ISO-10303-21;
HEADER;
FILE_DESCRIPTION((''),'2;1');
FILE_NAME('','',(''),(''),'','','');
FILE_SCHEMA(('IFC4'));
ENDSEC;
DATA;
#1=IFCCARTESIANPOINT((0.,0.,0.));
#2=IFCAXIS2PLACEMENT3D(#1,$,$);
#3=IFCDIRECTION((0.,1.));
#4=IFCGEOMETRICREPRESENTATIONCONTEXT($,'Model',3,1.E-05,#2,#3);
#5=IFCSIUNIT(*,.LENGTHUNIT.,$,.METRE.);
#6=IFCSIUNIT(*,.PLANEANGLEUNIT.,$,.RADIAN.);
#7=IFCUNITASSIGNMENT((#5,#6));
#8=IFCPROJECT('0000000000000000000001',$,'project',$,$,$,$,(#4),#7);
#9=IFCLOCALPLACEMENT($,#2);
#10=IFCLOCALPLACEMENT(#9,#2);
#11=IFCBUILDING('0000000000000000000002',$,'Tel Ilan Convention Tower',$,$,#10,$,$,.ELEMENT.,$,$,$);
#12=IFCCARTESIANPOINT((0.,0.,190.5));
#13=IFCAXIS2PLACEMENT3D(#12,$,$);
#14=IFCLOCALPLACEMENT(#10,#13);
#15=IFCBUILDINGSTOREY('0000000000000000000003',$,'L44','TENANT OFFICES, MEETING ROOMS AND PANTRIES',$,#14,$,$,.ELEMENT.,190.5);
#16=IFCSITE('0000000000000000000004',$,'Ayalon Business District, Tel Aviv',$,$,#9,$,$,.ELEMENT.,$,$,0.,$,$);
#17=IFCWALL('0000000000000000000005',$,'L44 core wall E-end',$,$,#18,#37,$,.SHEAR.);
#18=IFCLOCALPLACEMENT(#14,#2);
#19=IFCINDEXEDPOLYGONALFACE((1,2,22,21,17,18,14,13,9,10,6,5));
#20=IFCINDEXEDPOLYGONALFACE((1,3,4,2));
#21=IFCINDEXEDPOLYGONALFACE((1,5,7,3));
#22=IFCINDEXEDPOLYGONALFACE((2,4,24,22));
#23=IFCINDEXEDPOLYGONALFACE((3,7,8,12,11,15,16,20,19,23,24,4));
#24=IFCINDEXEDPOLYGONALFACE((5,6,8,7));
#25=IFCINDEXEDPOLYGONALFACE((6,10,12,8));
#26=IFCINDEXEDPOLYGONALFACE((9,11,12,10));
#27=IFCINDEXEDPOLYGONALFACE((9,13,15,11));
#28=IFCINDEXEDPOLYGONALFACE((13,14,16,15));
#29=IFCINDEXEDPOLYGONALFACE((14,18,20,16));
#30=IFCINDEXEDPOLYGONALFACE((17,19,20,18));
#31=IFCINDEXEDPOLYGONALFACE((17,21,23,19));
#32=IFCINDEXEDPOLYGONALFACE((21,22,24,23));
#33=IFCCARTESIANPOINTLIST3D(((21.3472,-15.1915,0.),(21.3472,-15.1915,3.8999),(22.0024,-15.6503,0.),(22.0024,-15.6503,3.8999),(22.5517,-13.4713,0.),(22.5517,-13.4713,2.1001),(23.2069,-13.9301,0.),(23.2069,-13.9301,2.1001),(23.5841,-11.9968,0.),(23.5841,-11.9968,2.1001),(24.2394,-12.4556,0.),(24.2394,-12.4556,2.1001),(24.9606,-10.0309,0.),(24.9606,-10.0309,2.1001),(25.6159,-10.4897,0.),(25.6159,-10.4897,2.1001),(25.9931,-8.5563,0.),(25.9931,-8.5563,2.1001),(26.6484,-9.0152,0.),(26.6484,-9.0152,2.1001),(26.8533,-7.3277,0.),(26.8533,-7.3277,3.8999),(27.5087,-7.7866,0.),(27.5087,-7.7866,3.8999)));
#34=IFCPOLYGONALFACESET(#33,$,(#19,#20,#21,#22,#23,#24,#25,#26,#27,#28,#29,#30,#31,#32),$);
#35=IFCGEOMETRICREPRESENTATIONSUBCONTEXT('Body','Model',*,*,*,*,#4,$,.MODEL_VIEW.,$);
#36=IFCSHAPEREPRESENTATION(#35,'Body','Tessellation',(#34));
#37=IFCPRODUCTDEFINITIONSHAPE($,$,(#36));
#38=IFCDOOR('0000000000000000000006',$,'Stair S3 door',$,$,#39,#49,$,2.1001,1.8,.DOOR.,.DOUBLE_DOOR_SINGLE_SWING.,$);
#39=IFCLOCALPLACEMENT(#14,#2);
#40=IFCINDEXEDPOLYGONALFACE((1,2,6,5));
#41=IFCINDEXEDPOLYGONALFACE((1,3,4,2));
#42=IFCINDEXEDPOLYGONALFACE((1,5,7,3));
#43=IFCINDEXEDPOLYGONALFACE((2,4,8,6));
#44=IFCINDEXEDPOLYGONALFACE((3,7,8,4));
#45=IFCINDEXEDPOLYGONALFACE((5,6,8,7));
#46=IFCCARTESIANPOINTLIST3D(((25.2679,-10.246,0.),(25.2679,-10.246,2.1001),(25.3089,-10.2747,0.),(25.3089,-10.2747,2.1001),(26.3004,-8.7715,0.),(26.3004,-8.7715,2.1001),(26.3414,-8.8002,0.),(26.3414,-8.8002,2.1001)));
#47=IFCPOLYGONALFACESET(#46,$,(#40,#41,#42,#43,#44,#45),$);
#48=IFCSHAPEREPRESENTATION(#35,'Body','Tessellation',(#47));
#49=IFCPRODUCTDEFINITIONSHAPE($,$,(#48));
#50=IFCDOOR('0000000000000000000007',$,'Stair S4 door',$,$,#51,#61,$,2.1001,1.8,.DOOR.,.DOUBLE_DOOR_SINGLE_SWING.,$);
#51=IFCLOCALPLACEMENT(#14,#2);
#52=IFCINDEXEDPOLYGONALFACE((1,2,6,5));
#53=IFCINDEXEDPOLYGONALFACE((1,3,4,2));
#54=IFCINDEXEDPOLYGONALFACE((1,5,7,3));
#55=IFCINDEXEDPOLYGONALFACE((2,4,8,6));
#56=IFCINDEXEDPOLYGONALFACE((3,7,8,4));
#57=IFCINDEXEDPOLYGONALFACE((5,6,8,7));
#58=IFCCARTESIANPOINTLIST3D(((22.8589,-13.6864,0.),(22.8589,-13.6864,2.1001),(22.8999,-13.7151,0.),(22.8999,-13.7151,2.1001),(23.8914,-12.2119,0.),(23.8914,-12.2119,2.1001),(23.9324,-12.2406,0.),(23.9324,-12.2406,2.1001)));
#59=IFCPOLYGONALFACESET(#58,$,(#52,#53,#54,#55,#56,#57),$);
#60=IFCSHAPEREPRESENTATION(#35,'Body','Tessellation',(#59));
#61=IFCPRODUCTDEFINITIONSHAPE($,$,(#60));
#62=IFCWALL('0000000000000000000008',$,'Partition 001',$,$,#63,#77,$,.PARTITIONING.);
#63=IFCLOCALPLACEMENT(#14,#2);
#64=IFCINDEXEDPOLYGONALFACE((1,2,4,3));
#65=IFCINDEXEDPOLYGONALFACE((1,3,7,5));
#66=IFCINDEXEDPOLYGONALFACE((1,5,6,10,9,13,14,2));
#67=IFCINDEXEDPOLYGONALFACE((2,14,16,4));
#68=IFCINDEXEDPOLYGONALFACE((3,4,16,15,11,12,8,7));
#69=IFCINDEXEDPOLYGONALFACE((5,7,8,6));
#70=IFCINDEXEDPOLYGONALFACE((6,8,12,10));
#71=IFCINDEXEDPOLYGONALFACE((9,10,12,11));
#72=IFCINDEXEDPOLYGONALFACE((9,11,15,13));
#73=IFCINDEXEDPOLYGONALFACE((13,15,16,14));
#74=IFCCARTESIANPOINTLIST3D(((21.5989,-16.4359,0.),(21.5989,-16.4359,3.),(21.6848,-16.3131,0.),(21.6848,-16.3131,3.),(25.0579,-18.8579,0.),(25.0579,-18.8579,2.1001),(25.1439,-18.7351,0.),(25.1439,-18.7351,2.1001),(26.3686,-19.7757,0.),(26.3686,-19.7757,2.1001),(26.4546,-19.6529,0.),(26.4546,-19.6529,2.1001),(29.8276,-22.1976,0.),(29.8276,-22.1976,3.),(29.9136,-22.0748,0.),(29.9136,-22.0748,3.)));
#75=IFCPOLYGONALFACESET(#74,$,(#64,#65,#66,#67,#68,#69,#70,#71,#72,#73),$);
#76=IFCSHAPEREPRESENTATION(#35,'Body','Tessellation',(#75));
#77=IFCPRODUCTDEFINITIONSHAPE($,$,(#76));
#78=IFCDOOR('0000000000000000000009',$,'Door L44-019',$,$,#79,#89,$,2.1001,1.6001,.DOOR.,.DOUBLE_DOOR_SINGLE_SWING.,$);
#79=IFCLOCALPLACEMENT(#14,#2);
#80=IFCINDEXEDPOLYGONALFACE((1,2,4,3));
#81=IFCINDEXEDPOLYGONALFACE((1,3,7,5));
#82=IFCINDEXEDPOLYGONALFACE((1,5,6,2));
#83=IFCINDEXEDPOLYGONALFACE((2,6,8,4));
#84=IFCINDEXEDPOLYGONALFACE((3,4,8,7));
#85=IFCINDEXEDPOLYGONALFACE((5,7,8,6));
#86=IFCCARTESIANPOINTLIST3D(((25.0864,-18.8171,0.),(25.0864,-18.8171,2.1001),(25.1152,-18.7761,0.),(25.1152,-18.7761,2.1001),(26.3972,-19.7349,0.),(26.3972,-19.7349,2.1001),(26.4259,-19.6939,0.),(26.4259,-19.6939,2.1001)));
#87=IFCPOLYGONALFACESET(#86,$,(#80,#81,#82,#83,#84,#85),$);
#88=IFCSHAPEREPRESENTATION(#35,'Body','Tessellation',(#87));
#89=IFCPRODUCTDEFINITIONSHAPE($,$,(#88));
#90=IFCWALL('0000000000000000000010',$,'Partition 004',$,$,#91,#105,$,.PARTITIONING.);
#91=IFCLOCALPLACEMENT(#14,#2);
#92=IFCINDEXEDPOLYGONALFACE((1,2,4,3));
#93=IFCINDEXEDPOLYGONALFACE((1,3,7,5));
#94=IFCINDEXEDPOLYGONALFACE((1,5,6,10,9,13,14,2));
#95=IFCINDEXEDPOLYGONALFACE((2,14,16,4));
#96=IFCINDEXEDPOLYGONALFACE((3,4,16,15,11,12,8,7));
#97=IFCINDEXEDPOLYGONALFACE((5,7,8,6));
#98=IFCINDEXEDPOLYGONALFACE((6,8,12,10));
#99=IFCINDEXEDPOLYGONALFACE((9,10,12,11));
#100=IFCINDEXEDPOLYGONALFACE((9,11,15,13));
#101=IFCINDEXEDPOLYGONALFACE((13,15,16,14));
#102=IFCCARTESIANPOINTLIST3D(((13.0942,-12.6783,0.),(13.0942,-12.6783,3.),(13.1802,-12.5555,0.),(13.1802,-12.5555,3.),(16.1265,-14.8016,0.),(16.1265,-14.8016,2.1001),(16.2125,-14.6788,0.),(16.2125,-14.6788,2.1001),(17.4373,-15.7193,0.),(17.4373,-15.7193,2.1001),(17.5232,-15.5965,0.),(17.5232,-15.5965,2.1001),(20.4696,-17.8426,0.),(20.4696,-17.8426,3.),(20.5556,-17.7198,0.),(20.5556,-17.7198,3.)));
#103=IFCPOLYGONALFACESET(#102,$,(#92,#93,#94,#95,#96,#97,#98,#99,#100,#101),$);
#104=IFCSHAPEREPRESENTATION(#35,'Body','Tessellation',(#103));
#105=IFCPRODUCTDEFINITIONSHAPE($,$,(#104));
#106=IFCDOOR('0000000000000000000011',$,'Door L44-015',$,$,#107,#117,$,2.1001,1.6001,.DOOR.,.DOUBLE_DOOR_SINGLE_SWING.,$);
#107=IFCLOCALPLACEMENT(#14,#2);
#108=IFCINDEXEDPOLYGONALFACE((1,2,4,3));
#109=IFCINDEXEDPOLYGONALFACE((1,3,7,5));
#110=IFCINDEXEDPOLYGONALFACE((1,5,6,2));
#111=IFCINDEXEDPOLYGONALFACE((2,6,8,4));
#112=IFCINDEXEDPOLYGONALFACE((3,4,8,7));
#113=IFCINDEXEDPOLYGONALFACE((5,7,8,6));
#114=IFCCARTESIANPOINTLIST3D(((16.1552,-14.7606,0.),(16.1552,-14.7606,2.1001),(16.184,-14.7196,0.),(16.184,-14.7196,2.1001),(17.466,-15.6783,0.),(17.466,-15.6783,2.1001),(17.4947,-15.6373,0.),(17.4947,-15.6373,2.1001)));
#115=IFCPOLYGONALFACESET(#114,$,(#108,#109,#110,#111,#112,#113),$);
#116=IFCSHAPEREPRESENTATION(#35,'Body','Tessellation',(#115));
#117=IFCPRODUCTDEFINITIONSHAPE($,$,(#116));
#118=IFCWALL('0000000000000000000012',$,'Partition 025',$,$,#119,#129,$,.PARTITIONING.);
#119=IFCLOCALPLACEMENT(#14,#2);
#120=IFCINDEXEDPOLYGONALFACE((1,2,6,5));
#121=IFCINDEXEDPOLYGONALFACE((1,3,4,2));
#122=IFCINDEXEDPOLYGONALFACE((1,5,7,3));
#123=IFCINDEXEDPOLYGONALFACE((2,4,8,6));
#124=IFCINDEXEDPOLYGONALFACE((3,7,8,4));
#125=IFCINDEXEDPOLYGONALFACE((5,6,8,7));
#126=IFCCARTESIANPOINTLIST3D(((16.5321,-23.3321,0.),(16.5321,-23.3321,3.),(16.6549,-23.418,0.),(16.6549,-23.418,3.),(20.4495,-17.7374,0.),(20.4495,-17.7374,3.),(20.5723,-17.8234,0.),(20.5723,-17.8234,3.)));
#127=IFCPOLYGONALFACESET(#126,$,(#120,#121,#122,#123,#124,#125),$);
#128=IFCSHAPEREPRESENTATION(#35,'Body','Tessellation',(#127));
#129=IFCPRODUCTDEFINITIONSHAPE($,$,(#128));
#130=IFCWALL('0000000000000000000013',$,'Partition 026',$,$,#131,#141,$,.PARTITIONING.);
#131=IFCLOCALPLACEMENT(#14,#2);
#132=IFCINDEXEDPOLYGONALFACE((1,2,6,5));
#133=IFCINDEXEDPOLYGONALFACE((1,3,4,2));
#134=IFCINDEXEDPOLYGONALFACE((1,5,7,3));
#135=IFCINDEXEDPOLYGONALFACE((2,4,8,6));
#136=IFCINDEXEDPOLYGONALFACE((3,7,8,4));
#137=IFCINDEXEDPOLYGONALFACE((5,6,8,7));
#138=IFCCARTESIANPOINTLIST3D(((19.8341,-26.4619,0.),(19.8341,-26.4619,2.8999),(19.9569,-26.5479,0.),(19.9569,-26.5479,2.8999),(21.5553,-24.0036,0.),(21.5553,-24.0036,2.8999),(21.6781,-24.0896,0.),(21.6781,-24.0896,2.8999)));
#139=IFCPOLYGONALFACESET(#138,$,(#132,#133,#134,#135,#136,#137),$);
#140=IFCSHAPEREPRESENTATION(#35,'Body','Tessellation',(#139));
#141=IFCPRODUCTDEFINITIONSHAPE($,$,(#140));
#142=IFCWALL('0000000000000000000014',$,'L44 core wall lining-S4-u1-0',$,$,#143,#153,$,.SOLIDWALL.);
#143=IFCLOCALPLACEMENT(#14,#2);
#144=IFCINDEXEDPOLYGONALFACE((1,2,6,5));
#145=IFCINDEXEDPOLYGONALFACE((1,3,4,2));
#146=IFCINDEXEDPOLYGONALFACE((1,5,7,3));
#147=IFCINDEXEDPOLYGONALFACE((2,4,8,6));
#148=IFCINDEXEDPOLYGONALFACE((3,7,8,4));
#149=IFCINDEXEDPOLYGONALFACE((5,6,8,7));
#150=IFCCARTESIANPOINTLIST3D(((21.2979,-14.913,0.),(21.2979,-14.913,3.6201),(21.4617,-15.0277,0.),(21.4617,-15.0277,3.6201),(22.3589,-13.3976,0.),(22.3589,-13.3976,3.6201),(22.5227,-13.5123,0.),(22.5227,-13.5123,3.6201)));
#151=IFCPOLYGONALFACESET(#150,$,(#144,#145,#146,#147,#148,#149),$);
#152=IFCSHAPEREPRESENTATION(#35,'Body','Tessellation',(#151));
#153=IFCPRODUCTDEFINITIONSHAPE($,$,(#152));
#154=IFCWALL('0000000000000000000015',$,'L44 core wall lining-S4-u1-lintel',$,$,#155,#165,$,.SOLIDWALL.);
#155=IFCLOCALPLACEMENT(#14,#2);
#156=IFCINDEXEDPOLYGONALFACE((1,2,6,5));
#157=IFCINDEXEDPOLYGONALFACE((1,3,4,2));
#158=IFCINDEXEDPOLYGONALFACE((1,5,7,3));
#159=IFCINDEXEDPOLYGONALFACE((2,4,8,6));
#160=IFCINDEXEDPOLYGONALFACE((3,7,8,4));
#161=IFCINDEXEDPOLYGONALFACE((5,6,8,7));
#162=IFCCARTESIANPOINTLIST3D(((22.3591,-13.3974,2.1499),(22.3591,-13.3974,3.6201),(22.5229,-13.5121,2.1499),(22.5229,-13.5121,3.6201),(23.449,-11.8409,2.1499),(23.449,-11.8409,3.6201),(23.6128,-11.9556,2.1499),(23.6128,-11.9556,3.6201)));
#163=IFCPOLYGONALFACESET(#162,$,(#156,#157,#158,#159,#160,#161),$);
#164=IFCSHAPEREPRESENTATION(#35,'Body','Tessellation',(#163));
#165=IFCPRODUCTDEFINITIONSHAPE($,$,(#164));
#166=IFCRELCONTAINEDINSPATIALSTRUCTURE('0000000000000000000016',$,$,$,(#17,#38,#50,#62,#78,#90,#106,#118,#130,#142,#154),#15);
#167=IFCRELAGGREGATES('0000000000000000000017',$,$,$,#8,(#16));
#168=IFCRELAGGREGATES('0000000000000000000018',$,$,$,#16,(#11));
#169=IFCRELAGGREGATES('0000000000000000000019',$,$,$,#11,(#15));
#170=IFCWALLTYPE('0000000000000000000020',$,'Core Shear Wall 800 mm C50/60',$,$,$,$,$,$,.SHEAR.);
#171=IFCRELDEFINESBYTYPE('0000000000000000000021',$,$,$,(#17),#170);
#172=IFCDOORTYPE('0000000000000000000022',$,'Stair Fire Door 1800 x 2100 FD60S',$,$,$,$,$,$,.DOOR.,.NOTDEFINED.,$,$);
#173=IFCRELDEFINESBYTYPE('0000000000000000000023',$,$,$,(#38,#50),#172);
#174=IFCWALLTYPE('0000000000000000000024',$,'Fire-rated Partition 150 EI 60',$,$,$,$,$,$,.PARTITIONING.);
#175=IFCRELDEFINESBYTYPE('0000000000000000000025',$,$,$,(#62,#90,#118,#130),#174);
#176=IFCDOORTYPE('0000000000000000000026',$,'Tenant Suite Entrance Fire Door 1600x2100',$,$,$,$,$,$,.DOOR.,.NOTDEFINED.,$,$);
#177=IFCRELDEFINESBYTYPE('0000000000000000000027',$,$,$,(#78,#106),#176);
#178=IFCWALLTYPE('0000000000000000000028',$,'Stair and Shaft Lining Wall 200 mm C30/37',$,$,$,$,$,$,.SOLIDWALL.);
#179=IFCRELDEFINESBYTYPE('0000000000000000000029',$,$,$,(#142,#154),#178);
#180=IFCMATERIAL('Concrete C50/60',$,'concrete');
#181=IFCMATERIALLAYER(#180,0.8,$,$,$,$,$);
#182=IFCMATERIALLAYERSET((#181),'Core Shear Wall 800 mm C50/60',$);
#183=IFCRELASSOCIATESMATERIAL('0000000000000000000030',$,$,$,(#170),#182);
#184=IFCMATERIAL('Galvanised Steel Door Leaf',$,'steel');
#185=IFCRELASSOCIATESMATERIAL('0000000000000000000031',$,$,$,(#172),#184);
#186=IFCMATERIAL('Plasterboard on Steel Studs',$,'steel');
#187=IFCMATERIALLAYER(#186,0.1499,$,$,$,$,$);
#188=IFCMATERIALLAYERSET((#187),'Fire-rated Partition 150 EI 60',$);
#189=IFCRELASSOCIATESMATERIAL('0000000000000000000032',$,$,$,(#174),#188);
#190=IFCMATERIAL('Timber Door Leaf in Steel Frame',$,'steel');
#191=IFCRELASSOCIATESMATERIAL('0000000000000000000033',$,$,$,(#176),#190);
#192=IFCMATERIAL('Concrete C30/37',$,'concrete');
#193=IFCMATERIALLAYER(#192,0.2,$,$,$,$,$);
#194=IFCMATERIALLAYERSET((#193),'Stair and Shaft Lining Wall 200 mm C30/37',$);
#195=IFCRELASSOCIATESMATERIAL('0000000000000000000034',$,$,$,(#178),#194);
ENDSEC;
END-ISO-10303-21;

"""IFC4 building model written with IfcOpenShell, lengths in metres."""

from ifc_helpers import new_model, si_unit, direction, frame, frame_2d, origin, place, context, subcontext, project, spatial, polyline, rectangle, outline, extrude, material, layer, layer_set, type_object, element, fill, save


model = new_model("IFC4")

# Units and contexts
model_context = context("Model", 3, precision=1e-05, world=origin(), true_north=direction((0.0, 1.0)))
body_context = subcontext(model_context, "Body", "Model", "MODEL_VIEW")
ifc_project = project(units=[si_unit("LENGTHUNIT", "METRE"), si_unit("PLANEANGLEUNIT", "RADIAN")], contexts=[model_context])

# Site, building, storey
site_placement = place(None, origin())
site = spatial("IfcSite", under=ifc_project, at=site_placement, Name="Ayalon Business District, Tel Aviv", CompositionType="ELEMENT", RefElevation=0.0)
building_placement = place(site_placement, origin())
building = spatial("IfcBuilding", under=site, at=building_placement, Name="Tel Ilan Convention Tower", CompositionType="ELEMENT")
storey_placement = place(building_placement, frame((0.0, 0.0, 190.5)))
storey = spatial("IfcBuildingStorey", under=building, at=storey_placement, Name="L44", Description="TENANT OFFICES, MEETING ROOMS AND PANTRIES", CompositionType="ELEMENT", Elevation=190.5)

# Wall, openings, doors
ifc_material_1 = material(Name="Concrete C50/60", Category="concrete")
ifc_layer_1 = layer(ifc_material_1, 0.8)
ifc_layer_set_1 = layer_set([ifc_layer_1], Name="Core Shear Wall 800 mm C50/60")
wall_type_1 = type_object("IfcWallType", Name="Core Shear Wall 800 mm C50/60", PredefinedType="SHEAR", material=ifc_layer_set_1)
wall_1_placement = place(storey_placement, frame((21.6748, -15.4209, 0.0), z_axis=(0.0, 0.0, 1.0), x_axis=(0.573582, 0.819148, 0.0)))
wall_1 = element("IfcWall", 1, at=wall_1_placement, inside=storey, type_object=wall_type_1, Name="L44 core wall E-end", PredefinedType="SHEAR", context=body_context, shape_type="SweptSolid", body=[
    extrude(outline(polyline([(9.5999, 0.4001), (0.0, 0.3999), (0.0, -0.3999), (9.5999, -0.3999), (9.5999, 0.4001)])), origin(), (0.0, 0.0, 1.0), 3.8999),
])
opening_1_placement = place(wall_1_placement, frame((6.3, 0.0, 0.0)))
opening_1 = element("IfcOpeningElement", 2, at=opening_1_placement, cuts=wall_1, PredefinedType="OPENING", context=body_context, shape_type="SweptSolid", body=[
    extrude(rectangle(XDim=1.8, YDim=2.1001, at=frame_2d((0.8999, 1.05))), frame((0.0, 0.4099, 0.0), z_axis=(0.0, -1.0, 0.0), x_axis=(1.0, 0.0, 0.0)), (0.0, 0.0, 1.0), 0.8201),
])
opening_2_placement = place(wall_1_placement, frame((2.1001, 0.0, 0.0)))
opening_2 = element("IfcOpeningElement", 3, at=opening_2_placement, cuts=wall_1, PredefinedType="OPENING", context=body_context, shape_type="SweptSolid", body=[
    extrude(rectangle(XDim=1.8, YDim=2.1001, at=frame_2d((0.8999, 1.05))), frame((0.0, 0.4099, 0.0), z_axis=(0.0, -1.0, 0.0), x_axis=(1.0, 0.0, 0.0)), (0.0, 0.0, 1.0), 0.8201),
])
ifc_material_2 = material(Name="Galvanised Steel Door Leaf", Category="steel")
door_type_1 = type_object("IfcDoorType", Name="Stair Fire Door 1800 x 2100 FD60S", OperationType="NOTDEFINED", PredefinedType="DOOR", material=ifc_material_2)
door_1_placement = place(opening_1_placement, origin())
door_1 = element("IfcDoor", 4, at=door_1_placement, inside=storey, type_object=door_type_1, Name="Stair S3 door", OperationType="DOUBLE_DOOR_SINGLE_SWING", OverallHeight=2.1001, OverallWidth=1.8, PredefinedType="DOOR", context=body_context, shape_type="SweptSolid", body=[
    extrude(rectangle(XDim=1.8, YDim=2.1001, at=frame_2d((0.8999, 1.05))), frame((0.0, 0.0249, 0.0), z_axis=(0.0, -1.0, 0.0), x_axis=(1.0, 0.0, 0.0)), (0.0, 0.0, 1.0), 0.05),
])
fill(opening_1, door_1)
door_2_placement = place(opening_2_placement, origin())
door_2 = element("IfcDoor", 5, at=door_2_placement, inside=storey, type_object=door_type_1, Name="Stair S4 door", OperationType="DOUBLE_DOOR_SINGLE_SWING", OverallHeight=2.1001, OverallWidth=1.8, PredefinedType="DOOR", context=body_context, shape_type="SweptSolid", body=[
    extrude(rectangle(XDim=1.8, YDim=2.1001, at=frame_2d((0.8999, 1.05))), frame((0.0, 0.0249, 0.0), z_axis=(0.0, -1.0, 0.0), x_axis=(1.0, 0.0, 0.0)), (0.0, 0.0, 1.0), 0.05),
])
fill(opening_2, door_2)

# Walls, openings, doors
ifc_material_3 = material(Name="Plasterboard on Steel Studs", Category="steel")
ifc_layer_2 = layer(ifc_material_3, 0.1499)
ifc_layer_set_2 = layer_set([ifc_layer_2], Name="Fire-rated Partition 150 EI 60")
wall_type_2 = type_object("IfcWallType", Name="Fire-rated Partition 150 EI 60", PredefinedType="PARTITIONING", material=ifc_layer_set_2)
wall_2_placement = place(storey_placement, frame((21.6418, -16.3745, 0.0), z_axis=(0.0, 0.0, 1.0), x_axis=(0.819158, -0.573568, 0.0)))
wall_2 = element("IfcWall", 6, at=wall_2_placement, inside=storey, type_object=wall_type_2, Name="Partition 001", PredefinedType="PARTITIONING", context=body_context, shape_type="SweptSolid", body=[
    extrude(rectangle(XDim=10.0454, YDim=0.1499, at=frame_2d((5.0227, 0.0))), origin(), (0.0, 0.0, 1.0), 3.0),
])
opening_3_placement = place(wall_2_placement, frame((4.2227, 0.0, 0.0)))
opening_3 = element("IfcOpeningElement", 7, at=opening_3_placement, cuts=wall_2, PredefinedType="OPENING", context=body_context, shape_type="SweptSolid", body=[
    extrude(rectangle(XDim=1.6001, YDim=2.1001, at=frame_2d((0.8, 1.05))), frame((0.0, 0.085, 0.0), z_axis=(0.0, -1.0, 0.0), x_axis=(1.0, 0.0, 0.0)), (0.0, 0.0, 1.0), 0.1699),
])
ifc_material_4 = material(Name="Timber Door Leaf in Steel Frame", Category="steel")
door_type_2 = type_object("IfcDoorType", Name="Tenant Suite Entrance Fire Door 1600x2100", OperationType="NOTDEFINED", PredefinedType="DOOR", material=ifc_material_4)
door_3_placement = place(opening_3_placement, origin())
door_3 = element("IfcDoor", 8, at=door_3_placement, inside=storey, type_object=door_type_2, Name="Door L44-019", OperationType="DOUBLE_DOOR_SINGLE_SWING", OverallHeight=2.1001, OverallWidth=1.6001, PredefinedType="DOOR", context=body_context, shape_type="SweptSolid", body=[
    extrude(rectangle(XDim=1.6001, YDim=2.1001, at=frame_2d((0.8, 1.05))), frame((0.0, 0.0249, 0.0), z_axis=(0.0, -1.0, 0.0), x_axis=(1.0, 0.0, 0.0)), (0.0, 0.0, 1.0), 0.05),
])
fill(opening_3, door_3)
wall_3_placement = place(storey_placement, frame((20.5127, -17.7812, 0.0), z_axis=(0.0, 0.0, 1.0), x_axis=(-0.819155, 0.573572, 0.0)))
wall_3 = element("IfcWall", 9, at=wall_3_placement, inside=storey, type_object=wall_type_2, Name="Partition 004", PredefinedType="PARTITIONING", context=body_context, shape_type="SweptSolid", body=[
    extrude(rectangle(XDim=9.0037, YDim=0.1499, at=frame_2d((4.502, 0.0))), origin(), (0.0, 0.0, 1.0), 3.0),
])
opening_4_placement = place(wall_3_placement, frame((3.7019, 0.0, 0.0)))
opening_4 = element("IfcOpeningElement", 10, at=opening_4_placement, cuts=wall_3, PredefinedType="OPENING", context=body_context, shape_type="SweptSolid", body=[
    extrude(rectangle(XDim=1.6001, YDim=2.1001, at=frame_2d((0.8, 1.05))), frame((0.0, 0.085, 0.0), z_axis=(0.0, -1.0, 0.0), x_axis=(1.0, 0.0, 0.0)), (0.0, 0.0, 1.0), 0.1699),
])
door_4_placement = place(opening_4_placement, origin())
door_4 = element("IfcDoor", 11, at=door_4_placement, inside=storey, type_object=door_type_2, Name="Door L44-015", OperationType="DOUBLE_DOOR_SINGLE_SWING", OverallHeight=2.1001, OverallWidth=1.6001, PredefinedType="DOOR", context=body_context, shape_type="SweptSolid", body=[
    extrude(rectangle(XDim=1.6001, YDim=2.1001, at=frame_2d((0.8, 1.05))), frame((0.0, 0.0249, 0.0), z_axis=(0.0, -1.0, 0.0), x_axis=(1.0, 0.0, 0.0)), (0.0, 0.0, 1.0), 0.05),
])
fill(opening_4, door_4)

# Walls
wall_4_placement = place(storey_placement, frame((20.511, -17.7803, 0.0), z_axis=(0.0, 0.0, 1.0), x_axis=(-0.573577, -0.819151, 0.0)))
element("IfcWall", 12, at=wall_4_placement, inside=storey, type_object=wall_type_2, Name="Partition 025", PredefinedType="PARTITIONING", context=body_context, shape_type="SweptSolid", body=[
    extrude(rectangle(XDim=6.8298, YDim=0.1499, at=frame_2d((3.415, 0.0))), origin(), (0.0, 0.0, 1.0), 3.0),
])
wall_5_placement = place(storey_placement, frame((21.6167, -24.0466, 0.0), z_axis=(0.0, 0.0, 1.0), x_axis=(-0.573555, -0.819167, 0.0)))
element("IfcWall", 13, at=wall_5_placement, inside=storey, type_object=wall_type_2, Name="Partition 026", PredefinedType="PARTITIONING", context=body_context, shape_type="SweptSolid", body=[
    extrude(rectangle(XDim=3.001, YDim=0.1499, at=frame_2d((1.5005, 0.0))), origin(), (0.0, 0.0, 1.0), 2.8999),
])
ifc_material_5 = material(Name="Concrete C30/37", Category="concrete")
ifc_layer_3 = layer(ifc_material_5, 0.2)
ifc_layer_set_3 = layer_set([ifc_layer_3], Name="Stair and Shaft Lining Wall 200 mm C30/37")
wall_type_3 = type_object("IfcWallType", Name="Stair and Shaft Lining Wall 200 mm C30/37", PredefinedType="SOLIDWALL", material=ifc_layer_set_3)
wall_6_placement = place(storey_placement, frame((21.3799, -14.9702, 0.0), z_axis=(0.0, 0.0, 1.0), x_axis=(0.57356, 0.819164, 0.0)))
element("IfcWall", 14, at=wall_6_placement, inside=storey, type_object=wall_type_3, Name="L44 core wall lining-S4-u1-0", PredefinedType="SOLIDWALL", context=body_context, shape_type="SweptSolid", body=[
    extrude(rectangle(XDim=1.8499, YDim=0.2, at=frame_2d((0.9248, 0.0))), origin(), (0.0, 0.0, 1.0), 3.6201),
])
wall_7_placement = place(storey_placement, frame((22.4409, -13.4548, 2.1499), z_axis=(0.0, 0.0, 1.0), x_axis=(0.573592, 0.819141, 0.0)))
element("IfcWall", 15, at=wall_7_placement, inside=storey, type_object=wall_type_3, Name="L44 core wall lining-S4-u1-lintel", PredefinedType="SOLIDWALL", context=body_context, shape_type="SweptSolid", body=[
    extrude(rectangle(XDim=1.9001, YDim=0.2, at=frame_2d((0.9502, 0.0))), origin(), (0.0, 0.0, 1.0), 1.4702),
])

save(model, "model.ifc")
